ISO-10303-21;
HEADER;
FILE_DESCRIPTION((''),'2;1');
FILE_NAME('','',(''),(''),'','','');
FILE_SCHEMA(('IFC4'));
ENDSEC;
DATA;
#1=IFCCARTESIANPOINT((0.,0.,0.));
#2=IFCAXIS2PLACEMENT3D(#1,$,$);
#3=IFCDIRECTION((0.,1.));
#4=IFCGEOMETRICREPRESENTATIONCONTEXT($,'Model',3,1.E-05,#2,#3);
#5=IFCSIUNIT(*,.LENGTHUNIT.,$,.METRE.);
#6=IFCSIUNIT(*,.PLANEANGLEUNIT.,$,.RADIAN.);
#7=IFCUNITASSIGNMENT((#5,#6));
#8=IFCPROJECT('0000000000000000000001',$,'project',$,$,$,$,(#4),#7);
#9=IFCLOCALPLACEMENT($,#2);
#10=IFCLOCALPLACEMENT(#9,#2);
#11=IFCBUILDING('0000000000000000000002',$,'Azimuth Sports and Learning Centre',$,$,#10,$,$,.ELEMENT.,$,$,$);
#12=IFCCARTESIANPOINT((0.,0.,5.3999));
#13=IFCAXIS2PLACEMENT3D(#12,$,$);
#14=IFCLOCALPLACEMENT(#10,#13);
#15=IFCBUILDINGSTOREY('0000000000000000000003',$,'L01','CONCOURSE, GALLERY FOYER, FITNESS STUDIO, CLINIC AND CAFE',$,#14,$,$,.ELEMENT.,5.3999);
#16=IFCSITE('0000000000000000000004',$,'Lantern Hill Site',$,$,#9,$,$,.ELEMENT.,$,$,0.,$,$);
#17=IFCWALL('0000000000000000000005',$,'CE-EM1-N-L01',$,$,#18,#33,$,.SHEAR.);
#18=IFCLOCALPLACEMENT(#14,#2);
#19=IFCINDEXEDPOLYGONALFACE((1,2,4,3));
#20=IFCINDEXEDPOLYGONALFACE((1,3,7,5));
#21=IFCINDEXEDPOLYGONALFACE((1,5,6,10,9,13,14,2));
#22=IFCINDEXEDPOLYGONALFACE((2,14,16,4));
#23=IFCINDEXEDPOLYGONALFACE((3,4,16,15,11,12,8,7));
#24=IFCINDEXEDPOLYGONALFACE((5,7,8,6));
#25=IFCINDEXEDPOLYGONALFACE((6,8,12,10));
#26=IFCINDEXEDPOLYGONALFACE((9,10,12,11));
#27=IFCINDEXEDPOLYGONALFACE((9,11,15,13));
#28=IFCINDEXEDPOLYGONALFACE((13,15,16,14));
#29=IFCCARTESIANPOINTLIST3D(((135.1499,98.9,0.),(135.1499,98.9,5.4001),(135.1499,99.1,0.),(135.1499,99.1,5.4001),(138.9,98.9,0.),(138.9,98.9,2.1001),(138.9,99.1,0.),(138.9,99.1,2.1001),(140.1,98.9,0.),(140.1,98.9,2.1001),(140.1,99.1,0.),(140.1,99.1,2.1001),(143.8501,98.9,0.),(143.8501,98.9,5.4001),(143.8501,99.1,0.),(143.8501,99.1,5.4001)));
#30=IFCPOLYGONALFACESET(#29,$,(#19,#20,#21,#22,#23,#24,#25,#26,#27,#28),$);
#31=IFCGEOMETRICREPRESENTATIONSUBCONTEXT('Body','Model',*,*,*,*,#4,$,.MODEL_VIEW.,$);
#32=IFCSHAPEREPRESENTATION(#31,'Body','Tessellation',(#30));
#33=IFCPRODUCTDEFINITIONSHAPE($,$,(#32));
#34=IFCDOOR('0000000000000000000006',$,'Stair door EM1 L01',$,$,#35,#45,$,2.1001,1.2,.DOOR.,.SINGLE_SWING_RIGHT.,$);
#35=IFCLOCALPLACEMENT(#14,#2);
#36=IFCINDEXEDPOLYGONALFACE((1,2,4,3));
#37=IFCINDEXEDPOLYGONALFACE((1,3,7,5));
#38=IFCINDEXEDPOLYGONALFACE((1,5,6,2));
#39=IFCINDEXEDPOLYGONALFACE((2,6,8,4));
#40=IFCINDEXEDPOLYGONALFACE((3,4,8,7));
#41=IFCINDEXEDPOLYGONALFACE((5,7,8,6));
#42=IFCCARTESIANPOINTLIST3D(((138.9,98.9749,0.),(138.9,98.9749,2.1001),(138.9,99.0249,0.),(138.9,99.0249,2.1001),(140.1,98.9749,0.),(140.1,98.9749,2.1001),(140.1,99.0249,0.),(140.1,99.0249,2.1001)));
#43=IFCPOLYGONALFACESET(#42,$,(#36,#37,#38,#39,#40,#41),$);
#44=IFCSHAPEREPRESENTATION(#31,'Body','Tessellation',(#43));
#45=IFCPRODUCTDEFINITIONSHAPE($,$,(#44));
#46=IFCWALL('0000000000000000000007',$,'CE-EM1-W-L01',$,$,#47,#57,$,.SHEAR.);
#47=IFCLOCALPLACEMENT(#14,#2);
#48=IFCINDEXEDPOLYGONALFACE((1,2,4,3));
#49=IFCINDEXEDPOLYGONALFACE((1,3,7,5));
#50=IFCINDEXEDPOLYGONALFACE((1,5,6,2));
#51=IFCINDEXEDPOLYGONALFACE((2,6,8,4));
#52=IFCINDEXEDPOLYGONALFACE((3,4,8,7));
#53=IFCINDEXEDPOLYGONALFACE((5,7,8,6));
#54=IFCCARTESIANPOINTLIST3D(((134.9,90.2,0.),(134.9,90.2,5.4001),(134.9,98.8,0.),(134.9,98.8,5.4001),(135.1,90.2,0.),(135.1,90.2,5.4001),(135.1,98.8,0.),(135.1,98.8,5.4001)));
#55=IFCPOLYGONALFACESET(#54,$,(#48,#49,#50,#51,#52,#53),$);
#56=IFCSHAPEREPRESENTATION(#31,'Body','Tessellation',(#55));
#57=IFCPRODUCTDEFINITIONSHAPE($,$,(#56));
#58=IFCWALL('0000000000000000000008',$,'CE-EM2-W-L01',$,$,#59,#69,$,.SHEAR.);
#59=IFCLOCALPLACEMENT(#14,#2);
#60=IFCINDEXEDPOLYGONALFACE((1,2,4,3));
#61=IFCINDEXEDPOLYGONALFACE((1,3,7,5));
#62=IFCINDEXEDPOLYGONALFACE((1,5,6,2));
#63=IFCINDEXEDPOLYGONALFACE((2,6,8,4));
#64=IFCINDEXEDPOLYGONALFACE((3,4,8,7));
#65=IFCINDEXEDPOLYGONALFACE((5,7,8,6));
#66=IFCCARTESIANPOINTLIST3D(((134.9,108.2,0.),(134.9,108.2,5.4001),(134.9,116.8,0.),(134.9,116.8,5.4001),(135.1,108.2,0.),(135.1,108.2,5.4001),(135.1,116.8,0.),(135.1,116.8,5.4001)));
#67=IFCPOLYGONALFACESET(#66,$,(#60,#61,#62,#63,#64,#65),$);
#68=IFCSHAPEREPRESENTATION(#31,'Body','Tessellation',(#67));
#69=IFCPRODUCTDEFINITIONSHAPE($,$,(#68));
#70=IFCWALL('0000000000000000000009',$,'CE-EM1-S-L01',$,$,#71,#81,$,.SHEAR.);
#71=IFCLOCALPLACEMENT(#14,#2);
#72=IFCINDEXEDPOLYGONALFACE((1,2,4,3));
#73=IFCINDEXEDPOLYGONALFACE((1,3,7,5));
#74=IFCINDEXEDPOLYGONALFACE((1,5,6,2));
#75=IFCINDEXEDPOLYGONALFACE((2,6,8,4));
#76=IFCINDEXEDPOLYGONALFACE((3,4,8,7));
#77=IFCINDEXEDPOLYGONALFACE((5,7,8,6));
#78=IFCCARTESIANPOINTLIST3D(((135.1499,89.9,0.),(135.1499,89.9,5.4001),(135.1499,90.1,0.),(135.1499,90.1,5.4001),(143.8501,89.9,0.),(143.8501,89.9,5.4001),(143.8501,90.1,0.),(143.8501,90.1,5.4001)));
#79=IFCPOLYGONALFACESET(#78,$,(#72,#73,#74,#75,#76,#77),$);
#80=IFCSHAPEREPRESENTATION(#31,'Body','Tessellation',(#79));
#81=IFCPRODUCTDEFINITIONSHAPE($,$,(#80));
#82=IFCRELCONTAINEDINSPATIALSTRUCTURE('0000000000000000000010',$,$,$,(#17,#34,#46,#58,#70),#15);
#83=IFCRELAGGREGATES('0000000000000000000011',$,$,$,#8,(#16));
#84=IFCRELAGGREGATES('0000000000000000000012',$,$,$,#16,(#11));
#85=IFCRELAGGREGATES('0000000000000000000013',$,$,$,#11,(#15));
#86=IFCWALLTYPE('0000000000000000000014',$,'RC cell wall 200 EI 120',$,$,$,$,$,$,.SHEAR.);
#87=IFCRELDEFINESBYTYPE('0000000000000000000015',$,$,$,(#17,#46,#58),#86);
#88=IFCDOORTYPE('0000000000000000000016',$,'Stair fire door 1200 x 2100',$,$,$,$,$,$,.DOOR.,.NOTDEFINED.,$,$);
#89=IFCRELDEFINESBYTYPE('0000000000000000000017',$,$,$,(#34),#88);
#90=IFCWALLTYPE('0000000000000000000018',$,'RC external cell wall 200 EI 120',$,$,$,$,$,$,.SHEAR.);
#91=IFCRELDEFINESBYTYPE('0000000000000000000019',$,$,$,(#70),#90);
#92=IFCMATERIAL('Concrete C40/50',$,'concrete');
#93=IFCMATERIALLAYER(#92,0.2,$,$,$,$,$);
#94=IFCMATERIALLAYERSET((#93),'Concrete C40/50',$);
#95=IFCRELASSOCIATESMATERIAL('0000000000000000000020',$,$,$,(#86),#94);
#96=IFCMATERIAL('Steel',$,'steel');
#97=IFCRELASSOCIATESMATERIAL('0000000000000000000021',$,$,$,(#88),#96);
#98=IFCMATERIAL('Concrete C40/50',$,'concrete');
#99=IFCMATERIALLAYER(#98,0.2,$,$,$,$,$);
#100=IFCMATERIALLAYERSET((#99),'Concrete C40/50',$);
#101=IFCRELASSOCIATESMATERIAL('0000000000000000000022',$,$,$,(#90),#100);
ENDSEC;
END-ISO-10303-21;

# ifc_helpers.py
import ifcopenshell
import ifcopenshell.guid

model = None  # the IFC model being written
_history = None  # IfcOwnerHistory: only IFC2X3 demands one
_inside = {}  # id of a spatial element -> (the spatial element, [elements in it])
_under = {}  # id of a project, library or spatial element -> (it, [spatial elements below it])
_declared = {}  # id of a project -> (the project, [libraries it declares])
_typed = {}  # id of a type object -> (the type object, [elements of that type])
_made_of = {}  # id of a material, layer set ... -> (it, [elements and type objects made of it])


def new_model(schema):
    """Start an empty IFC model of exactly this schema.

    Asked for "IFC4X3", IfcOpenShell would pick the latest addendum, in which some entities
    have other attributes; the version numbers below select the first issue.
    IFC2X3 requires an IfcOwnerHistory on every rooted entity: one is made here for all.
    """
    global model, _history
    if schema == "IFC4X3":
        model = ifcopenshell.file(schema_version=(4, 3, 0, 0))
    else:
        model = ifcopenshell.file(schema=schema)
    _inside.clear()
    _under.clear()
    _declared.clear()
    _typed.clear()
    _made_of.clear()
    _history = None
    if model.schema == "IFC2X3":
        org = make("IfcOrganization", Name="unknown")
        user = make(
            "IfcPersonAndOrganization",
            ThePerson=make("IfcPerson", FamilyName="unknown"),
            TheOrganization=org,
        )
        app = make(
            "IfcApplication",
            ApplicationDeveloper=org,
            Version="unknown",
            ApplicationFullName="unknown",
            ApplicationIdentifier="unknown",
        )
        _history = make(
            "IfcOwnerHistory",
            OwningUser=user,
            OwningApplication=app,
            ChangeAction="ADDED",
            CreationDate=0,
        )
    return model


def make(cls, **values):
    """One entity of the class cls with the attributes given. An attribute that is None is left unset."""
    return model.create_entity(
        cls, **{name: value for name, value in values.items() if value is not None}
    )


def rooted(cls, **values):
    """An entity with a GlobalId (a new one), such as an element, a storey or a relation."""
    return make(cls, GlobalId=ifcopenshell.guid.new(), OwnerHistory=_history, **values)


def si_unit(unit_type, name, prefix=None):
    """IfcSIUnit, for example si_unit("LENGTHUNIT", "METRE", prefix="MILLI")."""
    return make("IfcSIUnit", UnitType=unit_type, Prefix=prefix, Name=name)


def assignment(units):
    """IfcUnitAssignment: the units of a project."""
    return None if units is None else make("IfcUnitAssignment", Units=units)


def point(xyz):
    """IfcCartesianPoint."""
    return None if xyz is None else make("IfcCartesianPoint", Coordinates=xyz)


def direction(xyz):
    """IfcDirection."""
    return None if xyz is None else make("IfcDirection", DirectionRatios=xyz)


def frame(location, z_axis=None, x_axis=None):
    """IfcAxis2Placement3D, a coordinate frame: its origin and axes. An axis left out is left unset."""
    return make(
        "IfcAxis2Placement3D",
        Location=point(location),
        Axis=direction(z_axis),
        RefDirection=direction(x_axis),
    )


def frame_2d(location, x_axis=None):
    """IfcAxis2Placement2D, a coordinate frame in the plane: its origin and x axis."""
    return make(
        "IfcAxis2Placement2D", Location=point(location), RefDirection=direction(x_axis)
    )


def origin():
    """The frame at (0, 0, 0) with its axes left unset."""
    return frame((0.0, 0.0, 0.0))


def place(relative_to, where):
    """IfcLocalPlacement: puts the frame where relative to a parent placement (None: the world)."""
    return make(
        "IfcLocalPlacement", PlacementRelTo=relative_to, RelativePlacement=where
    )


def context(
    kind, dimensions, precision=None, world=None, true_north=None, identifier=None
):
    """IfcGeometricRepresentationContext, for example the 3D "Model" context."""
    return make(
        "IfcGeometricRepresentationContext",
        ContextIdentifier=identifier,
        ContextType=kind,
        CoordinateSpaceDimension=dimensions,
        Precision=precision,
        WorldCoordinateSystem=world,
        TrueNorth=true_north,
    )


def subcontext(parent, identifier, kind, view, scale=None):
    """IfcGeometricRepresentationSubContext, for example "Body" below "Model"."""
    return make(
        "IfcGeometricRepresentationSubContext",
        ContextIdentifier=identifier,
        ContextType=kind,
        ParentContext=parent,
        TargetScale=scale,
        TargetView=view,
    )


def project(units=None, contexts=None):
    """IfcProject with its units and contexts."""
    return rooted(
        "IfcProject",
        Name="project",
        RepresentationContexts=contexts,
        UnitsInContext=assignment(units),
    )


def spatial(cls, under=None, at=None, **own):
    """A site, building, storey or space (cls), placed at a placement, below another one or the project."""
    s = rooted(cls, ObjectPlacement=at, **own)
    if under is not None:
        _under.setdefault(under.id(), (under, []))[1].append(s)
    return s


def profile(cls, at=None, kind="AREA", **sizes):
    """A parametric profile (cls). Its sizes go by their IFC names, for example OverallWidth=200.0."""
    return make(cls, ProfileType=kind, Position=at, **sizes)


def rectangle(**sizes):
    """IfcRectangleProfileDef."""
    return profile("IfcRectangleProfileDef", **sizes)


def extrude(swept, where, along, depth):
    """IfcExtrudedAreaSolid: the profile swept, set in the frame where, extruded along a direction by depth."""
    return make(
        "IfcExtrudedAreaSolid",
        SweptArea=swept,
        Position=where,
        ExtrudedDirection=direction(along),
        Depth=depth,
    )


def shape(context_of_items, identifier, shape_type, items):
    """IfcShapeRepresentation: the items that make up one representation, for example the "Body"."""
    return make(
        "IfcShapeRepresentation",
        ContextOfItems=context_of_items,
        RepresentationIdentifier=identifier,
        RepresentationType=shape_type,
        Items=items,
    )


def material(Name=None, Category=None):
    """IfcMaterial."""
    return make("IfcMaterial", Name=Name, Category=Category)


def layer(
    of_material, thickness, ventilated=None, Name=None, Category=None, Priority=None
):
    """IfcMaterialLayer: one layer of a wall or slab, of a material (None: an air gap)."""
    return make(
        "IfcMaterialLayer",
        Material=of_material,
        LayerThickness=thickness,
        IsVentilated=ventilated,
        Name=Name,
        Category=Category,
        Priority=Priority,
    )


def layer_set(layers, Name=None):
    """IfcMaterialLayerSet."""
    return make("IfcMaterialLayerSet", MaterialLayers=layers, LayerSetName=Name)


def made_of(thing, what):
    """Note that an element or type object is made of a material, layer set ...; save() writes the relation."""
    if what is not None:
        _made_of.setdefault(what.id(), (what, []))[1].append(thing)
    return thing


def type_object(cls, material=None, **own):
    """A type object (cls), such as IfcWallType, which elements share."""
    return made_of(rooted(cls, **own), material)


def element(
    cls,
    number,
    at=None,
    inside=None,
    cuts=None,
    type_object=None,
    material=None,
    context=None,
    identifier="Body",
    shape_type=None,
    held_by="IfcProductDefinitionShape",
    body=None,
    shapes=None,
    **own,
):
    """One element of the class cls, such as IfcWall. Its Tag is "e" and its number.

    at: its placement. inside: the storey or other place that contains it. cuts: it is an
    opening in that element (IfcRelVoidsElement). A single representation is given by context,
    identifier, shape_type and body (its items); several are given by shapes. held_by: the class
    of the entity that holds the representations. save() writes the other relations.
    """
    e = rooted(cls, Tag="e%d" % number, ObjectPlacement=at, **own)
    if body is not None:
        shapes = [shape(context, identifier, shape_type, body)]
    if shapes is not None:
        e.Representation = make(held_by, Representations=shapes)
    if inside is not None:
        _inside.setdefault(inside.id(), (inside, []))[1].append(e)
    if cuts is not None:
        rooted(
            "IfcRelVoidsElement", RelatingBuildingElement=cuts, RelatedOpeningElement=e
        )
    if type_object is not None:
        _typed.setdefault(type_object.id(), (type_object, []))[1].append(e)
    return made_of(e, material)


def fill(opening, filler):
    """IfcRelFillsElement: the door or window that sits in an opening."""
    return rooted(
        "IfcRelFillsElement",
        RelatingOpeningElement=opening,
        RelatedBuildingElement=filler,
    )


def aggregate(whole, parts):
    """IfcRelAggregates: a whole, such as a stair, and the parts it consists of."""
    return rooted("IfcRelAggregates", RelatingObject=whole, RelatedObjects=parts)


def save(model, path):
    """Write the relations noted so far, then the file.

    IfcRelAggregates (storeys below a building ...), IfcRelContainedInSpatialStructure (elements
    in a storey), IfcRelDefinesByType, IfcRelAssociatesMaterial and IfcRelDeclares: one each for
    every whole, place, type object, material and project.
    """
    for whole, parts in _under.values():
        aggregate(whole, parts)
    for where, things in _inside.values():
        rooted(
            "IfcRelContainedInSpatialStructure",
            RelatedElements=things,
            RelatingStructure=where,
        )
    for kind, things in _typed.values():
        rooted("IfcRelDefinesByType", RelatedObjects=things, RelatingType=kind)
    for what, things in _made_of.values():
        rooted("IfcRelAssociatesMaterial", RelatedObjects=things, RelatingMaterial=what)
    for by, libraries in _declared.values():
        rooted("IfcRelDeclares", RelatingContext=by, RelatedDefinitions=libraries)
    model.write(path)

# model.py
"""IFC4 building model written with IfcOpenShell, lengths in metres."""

from ifc_helpers import new_model, si_unit, direction, frame, frame_2d, origin, place, context, subcontext, project, spatial, rectangle, extrude, material, layer, layer_set, type_object, element, fill, save


model = new_model("IFC4")

# Units and contexts
model_context = context("Model", 3, precision=1e-05, world=origin(), true_north=direction((0.0, 1.0)))
body_context = subcontext(model_context, "Body", "Model", "MODEL_VIEW")
ifc_project = project(units=[si_unit("LENGTHUNIT", "METRE"), si_unit("PLANEANGLEUNIT", "RADIAN")], contexts=[model_context])

# Site, building, storey
site_placement = place(None, origin())
site = spatial("IfcSite", under=ifc_project, at=site_placement, Name="Lantern Hill Site", CompositionType="ELEMENT", RefElevation=0.0)
building_placement = place(site_placement, origin())
building = spatial("IfcBuilding", under=site, at=building_placement, Name="Azimuth Sports and Learning Centre", CompositionType="ELEMENT")
storey_placement = place(building_placement, frame((0.0, 0.0, 5.3999)))
storey = spatial("IfcBuildingStorey", under=building, at=storey_placement, Name="L01", Description="CONCOURSE, GALLERY FOYER, FITNESS STUDIO, CLINIC AND CAFE", CompositionType="ELEMENT", Elevation=5.3999)

# Wall, opening, door
ifc_material_1 = material(Name="Concrete C40/50", Category="concrete")
ifc_layer_1 = layer(ifc_material_1, 0.2)
ifc_layer_set_1 = layer_set([ifc_layer_1], Name="Concrete C40/50")
wall_type_1 = type_object("IfcWallType", Name="RC cell wall 200 EI 120", PredefinedType="SHEAR", material=ifc_layer_set_1)
wall_1_placement = place(storey_placement, frame((135.1499, 99.0, 0.0), z_axis=(0.0, 0.0, 1.0), x_axis=(1.0, 0.0, 0.0)))
wall_1 = element("IfcWall", 1, at=wall_1_placement, inside=storey, type_object=wall_type_1, Name="CE-EM1-N-L01", PredefinedType="SHEAR", context=body_context, shape_type="SweptSolid", body=[
    extrude(rectangle(XDim=8.7002, YDim=0.2, at=frame_2d((4.3501, 0.0))), origin(), (0.0, 0.0, 1.0), 5.4001),
])
opening_1_placement = place(wall_1_placement, frame((3.75, 0.0, 0.0)))
opening_1 = element("IfcOpeningElement", 2, at=opening_1_placement, cuts=wall_1, PredefinedType="OPENING", context=body_context, shape_type="SweptSolid", body=[
    extrude(rectangle(XDim=1.2, YDim=2.1001, at=frame_2d((0.6001, 1.05))), frame((0.0, 0.1108, 0.0), z_axis=(0.0, -1.0, 0.0), x_axis=(1.0, 0.0, 0.0)), (0.0, 0.0, 1.0), 0.2219),
])
ifc_material_2 = material(Name="Steel", Category="steel")
door_type_1 = type_object("IfcDoorType", Name="Stair fire door 1200 x 2100", OperationType="NOTDEFINED", PredefinedType="DOOR", material=ifc_material_2)
door_1_placement = place(opening_1_placement, origin())
door_1 = element("IfcDoor", 3, at=door_1_placement, inside=storey, type_object=door_type_1, Name="Stair door EM1 L01", OperationType="SINGLE_SWING_RIGHT", OverallHeight=2.1001, OverallWidth=1.2, PredefinedType="DOOR", context=body_context, shape_type="SweptSolid", body=[
    extrude(rectangle(XDim=1.2, YDim=2.1001, at=frame_2d((0.6001, 1.05))), frame((0.0, 0.0249, 0.0), z_axis=(0.0, -1.0, 0.0), x_axis=(1.0, 0.0, 0.0)), (0.0, 0.0, 1.0), 0.05),
])
fill(opening_1, door_1)

# Walls
for number, where, z_axis, x_axis, name in (
    (4, (135.0, 90.2, 0.0), (0.0, 0.0, 1.0), (0.0, 1.0, 0.0), "CE-EM1-W-L01"),
    (5, (135.0, 108.2, 0.0), (0.0, 0.0, 1.0), (0.0, 1.0, 0.0), "CE-EM2-W-L01"),
):
    element("IfcWall", number, at=place(storey_placement, frame(where, z_axis=z_axis, x_axis=x_axis)), inside=storey, type_object=wall_type_1, Name=name, PredefinedType="SHEAR", context=body_context, shape_type="SweptSolid", body=[
        extrude(rectangle(XDim=8.6001, YDim=0.2, at=frame_2d((4.3, 0.0))), origin(), (0.0, 0.0, 1.0), 5.4001),
    ])
ifc_material_3 = material(Name="Concrete C40/50", Category="concrete")
ifc_layer_2 = layer(ifc_material_3, 0.2)
ifc_layer_set_2 = layer_set([ifc_layer_2], Name="Concrete C40/50")
wall_type_2 = type_object("IfcWallType", Name="RC external cell wall 200 EI 120", PredefinedType="SHEAR", material=ifc_layer_set_2)
wall_2_placement = place(storey_placement, frame((135.1499, 90.0, 0.0), z_axis=(0.0, 0.0, 1.0), x_axis=(1.0, 0.0, 0.0)))
element("IfcWall", 6, at=wall_2_placement, inside=storey, type_object=wall_type_2, Name="CE-EM1-S-L01", PredefinedType="SHEAR", context=body_context, shape_type="SweptSolid", body=[
    extrude(rectangle(XDim=8.7002, YDim=0.2, at=frame_2d((4.3501, 0.0))), origin(), (0.0, 0.0, 1.0), 5.4001),
])

save(model, "model.ifc")
